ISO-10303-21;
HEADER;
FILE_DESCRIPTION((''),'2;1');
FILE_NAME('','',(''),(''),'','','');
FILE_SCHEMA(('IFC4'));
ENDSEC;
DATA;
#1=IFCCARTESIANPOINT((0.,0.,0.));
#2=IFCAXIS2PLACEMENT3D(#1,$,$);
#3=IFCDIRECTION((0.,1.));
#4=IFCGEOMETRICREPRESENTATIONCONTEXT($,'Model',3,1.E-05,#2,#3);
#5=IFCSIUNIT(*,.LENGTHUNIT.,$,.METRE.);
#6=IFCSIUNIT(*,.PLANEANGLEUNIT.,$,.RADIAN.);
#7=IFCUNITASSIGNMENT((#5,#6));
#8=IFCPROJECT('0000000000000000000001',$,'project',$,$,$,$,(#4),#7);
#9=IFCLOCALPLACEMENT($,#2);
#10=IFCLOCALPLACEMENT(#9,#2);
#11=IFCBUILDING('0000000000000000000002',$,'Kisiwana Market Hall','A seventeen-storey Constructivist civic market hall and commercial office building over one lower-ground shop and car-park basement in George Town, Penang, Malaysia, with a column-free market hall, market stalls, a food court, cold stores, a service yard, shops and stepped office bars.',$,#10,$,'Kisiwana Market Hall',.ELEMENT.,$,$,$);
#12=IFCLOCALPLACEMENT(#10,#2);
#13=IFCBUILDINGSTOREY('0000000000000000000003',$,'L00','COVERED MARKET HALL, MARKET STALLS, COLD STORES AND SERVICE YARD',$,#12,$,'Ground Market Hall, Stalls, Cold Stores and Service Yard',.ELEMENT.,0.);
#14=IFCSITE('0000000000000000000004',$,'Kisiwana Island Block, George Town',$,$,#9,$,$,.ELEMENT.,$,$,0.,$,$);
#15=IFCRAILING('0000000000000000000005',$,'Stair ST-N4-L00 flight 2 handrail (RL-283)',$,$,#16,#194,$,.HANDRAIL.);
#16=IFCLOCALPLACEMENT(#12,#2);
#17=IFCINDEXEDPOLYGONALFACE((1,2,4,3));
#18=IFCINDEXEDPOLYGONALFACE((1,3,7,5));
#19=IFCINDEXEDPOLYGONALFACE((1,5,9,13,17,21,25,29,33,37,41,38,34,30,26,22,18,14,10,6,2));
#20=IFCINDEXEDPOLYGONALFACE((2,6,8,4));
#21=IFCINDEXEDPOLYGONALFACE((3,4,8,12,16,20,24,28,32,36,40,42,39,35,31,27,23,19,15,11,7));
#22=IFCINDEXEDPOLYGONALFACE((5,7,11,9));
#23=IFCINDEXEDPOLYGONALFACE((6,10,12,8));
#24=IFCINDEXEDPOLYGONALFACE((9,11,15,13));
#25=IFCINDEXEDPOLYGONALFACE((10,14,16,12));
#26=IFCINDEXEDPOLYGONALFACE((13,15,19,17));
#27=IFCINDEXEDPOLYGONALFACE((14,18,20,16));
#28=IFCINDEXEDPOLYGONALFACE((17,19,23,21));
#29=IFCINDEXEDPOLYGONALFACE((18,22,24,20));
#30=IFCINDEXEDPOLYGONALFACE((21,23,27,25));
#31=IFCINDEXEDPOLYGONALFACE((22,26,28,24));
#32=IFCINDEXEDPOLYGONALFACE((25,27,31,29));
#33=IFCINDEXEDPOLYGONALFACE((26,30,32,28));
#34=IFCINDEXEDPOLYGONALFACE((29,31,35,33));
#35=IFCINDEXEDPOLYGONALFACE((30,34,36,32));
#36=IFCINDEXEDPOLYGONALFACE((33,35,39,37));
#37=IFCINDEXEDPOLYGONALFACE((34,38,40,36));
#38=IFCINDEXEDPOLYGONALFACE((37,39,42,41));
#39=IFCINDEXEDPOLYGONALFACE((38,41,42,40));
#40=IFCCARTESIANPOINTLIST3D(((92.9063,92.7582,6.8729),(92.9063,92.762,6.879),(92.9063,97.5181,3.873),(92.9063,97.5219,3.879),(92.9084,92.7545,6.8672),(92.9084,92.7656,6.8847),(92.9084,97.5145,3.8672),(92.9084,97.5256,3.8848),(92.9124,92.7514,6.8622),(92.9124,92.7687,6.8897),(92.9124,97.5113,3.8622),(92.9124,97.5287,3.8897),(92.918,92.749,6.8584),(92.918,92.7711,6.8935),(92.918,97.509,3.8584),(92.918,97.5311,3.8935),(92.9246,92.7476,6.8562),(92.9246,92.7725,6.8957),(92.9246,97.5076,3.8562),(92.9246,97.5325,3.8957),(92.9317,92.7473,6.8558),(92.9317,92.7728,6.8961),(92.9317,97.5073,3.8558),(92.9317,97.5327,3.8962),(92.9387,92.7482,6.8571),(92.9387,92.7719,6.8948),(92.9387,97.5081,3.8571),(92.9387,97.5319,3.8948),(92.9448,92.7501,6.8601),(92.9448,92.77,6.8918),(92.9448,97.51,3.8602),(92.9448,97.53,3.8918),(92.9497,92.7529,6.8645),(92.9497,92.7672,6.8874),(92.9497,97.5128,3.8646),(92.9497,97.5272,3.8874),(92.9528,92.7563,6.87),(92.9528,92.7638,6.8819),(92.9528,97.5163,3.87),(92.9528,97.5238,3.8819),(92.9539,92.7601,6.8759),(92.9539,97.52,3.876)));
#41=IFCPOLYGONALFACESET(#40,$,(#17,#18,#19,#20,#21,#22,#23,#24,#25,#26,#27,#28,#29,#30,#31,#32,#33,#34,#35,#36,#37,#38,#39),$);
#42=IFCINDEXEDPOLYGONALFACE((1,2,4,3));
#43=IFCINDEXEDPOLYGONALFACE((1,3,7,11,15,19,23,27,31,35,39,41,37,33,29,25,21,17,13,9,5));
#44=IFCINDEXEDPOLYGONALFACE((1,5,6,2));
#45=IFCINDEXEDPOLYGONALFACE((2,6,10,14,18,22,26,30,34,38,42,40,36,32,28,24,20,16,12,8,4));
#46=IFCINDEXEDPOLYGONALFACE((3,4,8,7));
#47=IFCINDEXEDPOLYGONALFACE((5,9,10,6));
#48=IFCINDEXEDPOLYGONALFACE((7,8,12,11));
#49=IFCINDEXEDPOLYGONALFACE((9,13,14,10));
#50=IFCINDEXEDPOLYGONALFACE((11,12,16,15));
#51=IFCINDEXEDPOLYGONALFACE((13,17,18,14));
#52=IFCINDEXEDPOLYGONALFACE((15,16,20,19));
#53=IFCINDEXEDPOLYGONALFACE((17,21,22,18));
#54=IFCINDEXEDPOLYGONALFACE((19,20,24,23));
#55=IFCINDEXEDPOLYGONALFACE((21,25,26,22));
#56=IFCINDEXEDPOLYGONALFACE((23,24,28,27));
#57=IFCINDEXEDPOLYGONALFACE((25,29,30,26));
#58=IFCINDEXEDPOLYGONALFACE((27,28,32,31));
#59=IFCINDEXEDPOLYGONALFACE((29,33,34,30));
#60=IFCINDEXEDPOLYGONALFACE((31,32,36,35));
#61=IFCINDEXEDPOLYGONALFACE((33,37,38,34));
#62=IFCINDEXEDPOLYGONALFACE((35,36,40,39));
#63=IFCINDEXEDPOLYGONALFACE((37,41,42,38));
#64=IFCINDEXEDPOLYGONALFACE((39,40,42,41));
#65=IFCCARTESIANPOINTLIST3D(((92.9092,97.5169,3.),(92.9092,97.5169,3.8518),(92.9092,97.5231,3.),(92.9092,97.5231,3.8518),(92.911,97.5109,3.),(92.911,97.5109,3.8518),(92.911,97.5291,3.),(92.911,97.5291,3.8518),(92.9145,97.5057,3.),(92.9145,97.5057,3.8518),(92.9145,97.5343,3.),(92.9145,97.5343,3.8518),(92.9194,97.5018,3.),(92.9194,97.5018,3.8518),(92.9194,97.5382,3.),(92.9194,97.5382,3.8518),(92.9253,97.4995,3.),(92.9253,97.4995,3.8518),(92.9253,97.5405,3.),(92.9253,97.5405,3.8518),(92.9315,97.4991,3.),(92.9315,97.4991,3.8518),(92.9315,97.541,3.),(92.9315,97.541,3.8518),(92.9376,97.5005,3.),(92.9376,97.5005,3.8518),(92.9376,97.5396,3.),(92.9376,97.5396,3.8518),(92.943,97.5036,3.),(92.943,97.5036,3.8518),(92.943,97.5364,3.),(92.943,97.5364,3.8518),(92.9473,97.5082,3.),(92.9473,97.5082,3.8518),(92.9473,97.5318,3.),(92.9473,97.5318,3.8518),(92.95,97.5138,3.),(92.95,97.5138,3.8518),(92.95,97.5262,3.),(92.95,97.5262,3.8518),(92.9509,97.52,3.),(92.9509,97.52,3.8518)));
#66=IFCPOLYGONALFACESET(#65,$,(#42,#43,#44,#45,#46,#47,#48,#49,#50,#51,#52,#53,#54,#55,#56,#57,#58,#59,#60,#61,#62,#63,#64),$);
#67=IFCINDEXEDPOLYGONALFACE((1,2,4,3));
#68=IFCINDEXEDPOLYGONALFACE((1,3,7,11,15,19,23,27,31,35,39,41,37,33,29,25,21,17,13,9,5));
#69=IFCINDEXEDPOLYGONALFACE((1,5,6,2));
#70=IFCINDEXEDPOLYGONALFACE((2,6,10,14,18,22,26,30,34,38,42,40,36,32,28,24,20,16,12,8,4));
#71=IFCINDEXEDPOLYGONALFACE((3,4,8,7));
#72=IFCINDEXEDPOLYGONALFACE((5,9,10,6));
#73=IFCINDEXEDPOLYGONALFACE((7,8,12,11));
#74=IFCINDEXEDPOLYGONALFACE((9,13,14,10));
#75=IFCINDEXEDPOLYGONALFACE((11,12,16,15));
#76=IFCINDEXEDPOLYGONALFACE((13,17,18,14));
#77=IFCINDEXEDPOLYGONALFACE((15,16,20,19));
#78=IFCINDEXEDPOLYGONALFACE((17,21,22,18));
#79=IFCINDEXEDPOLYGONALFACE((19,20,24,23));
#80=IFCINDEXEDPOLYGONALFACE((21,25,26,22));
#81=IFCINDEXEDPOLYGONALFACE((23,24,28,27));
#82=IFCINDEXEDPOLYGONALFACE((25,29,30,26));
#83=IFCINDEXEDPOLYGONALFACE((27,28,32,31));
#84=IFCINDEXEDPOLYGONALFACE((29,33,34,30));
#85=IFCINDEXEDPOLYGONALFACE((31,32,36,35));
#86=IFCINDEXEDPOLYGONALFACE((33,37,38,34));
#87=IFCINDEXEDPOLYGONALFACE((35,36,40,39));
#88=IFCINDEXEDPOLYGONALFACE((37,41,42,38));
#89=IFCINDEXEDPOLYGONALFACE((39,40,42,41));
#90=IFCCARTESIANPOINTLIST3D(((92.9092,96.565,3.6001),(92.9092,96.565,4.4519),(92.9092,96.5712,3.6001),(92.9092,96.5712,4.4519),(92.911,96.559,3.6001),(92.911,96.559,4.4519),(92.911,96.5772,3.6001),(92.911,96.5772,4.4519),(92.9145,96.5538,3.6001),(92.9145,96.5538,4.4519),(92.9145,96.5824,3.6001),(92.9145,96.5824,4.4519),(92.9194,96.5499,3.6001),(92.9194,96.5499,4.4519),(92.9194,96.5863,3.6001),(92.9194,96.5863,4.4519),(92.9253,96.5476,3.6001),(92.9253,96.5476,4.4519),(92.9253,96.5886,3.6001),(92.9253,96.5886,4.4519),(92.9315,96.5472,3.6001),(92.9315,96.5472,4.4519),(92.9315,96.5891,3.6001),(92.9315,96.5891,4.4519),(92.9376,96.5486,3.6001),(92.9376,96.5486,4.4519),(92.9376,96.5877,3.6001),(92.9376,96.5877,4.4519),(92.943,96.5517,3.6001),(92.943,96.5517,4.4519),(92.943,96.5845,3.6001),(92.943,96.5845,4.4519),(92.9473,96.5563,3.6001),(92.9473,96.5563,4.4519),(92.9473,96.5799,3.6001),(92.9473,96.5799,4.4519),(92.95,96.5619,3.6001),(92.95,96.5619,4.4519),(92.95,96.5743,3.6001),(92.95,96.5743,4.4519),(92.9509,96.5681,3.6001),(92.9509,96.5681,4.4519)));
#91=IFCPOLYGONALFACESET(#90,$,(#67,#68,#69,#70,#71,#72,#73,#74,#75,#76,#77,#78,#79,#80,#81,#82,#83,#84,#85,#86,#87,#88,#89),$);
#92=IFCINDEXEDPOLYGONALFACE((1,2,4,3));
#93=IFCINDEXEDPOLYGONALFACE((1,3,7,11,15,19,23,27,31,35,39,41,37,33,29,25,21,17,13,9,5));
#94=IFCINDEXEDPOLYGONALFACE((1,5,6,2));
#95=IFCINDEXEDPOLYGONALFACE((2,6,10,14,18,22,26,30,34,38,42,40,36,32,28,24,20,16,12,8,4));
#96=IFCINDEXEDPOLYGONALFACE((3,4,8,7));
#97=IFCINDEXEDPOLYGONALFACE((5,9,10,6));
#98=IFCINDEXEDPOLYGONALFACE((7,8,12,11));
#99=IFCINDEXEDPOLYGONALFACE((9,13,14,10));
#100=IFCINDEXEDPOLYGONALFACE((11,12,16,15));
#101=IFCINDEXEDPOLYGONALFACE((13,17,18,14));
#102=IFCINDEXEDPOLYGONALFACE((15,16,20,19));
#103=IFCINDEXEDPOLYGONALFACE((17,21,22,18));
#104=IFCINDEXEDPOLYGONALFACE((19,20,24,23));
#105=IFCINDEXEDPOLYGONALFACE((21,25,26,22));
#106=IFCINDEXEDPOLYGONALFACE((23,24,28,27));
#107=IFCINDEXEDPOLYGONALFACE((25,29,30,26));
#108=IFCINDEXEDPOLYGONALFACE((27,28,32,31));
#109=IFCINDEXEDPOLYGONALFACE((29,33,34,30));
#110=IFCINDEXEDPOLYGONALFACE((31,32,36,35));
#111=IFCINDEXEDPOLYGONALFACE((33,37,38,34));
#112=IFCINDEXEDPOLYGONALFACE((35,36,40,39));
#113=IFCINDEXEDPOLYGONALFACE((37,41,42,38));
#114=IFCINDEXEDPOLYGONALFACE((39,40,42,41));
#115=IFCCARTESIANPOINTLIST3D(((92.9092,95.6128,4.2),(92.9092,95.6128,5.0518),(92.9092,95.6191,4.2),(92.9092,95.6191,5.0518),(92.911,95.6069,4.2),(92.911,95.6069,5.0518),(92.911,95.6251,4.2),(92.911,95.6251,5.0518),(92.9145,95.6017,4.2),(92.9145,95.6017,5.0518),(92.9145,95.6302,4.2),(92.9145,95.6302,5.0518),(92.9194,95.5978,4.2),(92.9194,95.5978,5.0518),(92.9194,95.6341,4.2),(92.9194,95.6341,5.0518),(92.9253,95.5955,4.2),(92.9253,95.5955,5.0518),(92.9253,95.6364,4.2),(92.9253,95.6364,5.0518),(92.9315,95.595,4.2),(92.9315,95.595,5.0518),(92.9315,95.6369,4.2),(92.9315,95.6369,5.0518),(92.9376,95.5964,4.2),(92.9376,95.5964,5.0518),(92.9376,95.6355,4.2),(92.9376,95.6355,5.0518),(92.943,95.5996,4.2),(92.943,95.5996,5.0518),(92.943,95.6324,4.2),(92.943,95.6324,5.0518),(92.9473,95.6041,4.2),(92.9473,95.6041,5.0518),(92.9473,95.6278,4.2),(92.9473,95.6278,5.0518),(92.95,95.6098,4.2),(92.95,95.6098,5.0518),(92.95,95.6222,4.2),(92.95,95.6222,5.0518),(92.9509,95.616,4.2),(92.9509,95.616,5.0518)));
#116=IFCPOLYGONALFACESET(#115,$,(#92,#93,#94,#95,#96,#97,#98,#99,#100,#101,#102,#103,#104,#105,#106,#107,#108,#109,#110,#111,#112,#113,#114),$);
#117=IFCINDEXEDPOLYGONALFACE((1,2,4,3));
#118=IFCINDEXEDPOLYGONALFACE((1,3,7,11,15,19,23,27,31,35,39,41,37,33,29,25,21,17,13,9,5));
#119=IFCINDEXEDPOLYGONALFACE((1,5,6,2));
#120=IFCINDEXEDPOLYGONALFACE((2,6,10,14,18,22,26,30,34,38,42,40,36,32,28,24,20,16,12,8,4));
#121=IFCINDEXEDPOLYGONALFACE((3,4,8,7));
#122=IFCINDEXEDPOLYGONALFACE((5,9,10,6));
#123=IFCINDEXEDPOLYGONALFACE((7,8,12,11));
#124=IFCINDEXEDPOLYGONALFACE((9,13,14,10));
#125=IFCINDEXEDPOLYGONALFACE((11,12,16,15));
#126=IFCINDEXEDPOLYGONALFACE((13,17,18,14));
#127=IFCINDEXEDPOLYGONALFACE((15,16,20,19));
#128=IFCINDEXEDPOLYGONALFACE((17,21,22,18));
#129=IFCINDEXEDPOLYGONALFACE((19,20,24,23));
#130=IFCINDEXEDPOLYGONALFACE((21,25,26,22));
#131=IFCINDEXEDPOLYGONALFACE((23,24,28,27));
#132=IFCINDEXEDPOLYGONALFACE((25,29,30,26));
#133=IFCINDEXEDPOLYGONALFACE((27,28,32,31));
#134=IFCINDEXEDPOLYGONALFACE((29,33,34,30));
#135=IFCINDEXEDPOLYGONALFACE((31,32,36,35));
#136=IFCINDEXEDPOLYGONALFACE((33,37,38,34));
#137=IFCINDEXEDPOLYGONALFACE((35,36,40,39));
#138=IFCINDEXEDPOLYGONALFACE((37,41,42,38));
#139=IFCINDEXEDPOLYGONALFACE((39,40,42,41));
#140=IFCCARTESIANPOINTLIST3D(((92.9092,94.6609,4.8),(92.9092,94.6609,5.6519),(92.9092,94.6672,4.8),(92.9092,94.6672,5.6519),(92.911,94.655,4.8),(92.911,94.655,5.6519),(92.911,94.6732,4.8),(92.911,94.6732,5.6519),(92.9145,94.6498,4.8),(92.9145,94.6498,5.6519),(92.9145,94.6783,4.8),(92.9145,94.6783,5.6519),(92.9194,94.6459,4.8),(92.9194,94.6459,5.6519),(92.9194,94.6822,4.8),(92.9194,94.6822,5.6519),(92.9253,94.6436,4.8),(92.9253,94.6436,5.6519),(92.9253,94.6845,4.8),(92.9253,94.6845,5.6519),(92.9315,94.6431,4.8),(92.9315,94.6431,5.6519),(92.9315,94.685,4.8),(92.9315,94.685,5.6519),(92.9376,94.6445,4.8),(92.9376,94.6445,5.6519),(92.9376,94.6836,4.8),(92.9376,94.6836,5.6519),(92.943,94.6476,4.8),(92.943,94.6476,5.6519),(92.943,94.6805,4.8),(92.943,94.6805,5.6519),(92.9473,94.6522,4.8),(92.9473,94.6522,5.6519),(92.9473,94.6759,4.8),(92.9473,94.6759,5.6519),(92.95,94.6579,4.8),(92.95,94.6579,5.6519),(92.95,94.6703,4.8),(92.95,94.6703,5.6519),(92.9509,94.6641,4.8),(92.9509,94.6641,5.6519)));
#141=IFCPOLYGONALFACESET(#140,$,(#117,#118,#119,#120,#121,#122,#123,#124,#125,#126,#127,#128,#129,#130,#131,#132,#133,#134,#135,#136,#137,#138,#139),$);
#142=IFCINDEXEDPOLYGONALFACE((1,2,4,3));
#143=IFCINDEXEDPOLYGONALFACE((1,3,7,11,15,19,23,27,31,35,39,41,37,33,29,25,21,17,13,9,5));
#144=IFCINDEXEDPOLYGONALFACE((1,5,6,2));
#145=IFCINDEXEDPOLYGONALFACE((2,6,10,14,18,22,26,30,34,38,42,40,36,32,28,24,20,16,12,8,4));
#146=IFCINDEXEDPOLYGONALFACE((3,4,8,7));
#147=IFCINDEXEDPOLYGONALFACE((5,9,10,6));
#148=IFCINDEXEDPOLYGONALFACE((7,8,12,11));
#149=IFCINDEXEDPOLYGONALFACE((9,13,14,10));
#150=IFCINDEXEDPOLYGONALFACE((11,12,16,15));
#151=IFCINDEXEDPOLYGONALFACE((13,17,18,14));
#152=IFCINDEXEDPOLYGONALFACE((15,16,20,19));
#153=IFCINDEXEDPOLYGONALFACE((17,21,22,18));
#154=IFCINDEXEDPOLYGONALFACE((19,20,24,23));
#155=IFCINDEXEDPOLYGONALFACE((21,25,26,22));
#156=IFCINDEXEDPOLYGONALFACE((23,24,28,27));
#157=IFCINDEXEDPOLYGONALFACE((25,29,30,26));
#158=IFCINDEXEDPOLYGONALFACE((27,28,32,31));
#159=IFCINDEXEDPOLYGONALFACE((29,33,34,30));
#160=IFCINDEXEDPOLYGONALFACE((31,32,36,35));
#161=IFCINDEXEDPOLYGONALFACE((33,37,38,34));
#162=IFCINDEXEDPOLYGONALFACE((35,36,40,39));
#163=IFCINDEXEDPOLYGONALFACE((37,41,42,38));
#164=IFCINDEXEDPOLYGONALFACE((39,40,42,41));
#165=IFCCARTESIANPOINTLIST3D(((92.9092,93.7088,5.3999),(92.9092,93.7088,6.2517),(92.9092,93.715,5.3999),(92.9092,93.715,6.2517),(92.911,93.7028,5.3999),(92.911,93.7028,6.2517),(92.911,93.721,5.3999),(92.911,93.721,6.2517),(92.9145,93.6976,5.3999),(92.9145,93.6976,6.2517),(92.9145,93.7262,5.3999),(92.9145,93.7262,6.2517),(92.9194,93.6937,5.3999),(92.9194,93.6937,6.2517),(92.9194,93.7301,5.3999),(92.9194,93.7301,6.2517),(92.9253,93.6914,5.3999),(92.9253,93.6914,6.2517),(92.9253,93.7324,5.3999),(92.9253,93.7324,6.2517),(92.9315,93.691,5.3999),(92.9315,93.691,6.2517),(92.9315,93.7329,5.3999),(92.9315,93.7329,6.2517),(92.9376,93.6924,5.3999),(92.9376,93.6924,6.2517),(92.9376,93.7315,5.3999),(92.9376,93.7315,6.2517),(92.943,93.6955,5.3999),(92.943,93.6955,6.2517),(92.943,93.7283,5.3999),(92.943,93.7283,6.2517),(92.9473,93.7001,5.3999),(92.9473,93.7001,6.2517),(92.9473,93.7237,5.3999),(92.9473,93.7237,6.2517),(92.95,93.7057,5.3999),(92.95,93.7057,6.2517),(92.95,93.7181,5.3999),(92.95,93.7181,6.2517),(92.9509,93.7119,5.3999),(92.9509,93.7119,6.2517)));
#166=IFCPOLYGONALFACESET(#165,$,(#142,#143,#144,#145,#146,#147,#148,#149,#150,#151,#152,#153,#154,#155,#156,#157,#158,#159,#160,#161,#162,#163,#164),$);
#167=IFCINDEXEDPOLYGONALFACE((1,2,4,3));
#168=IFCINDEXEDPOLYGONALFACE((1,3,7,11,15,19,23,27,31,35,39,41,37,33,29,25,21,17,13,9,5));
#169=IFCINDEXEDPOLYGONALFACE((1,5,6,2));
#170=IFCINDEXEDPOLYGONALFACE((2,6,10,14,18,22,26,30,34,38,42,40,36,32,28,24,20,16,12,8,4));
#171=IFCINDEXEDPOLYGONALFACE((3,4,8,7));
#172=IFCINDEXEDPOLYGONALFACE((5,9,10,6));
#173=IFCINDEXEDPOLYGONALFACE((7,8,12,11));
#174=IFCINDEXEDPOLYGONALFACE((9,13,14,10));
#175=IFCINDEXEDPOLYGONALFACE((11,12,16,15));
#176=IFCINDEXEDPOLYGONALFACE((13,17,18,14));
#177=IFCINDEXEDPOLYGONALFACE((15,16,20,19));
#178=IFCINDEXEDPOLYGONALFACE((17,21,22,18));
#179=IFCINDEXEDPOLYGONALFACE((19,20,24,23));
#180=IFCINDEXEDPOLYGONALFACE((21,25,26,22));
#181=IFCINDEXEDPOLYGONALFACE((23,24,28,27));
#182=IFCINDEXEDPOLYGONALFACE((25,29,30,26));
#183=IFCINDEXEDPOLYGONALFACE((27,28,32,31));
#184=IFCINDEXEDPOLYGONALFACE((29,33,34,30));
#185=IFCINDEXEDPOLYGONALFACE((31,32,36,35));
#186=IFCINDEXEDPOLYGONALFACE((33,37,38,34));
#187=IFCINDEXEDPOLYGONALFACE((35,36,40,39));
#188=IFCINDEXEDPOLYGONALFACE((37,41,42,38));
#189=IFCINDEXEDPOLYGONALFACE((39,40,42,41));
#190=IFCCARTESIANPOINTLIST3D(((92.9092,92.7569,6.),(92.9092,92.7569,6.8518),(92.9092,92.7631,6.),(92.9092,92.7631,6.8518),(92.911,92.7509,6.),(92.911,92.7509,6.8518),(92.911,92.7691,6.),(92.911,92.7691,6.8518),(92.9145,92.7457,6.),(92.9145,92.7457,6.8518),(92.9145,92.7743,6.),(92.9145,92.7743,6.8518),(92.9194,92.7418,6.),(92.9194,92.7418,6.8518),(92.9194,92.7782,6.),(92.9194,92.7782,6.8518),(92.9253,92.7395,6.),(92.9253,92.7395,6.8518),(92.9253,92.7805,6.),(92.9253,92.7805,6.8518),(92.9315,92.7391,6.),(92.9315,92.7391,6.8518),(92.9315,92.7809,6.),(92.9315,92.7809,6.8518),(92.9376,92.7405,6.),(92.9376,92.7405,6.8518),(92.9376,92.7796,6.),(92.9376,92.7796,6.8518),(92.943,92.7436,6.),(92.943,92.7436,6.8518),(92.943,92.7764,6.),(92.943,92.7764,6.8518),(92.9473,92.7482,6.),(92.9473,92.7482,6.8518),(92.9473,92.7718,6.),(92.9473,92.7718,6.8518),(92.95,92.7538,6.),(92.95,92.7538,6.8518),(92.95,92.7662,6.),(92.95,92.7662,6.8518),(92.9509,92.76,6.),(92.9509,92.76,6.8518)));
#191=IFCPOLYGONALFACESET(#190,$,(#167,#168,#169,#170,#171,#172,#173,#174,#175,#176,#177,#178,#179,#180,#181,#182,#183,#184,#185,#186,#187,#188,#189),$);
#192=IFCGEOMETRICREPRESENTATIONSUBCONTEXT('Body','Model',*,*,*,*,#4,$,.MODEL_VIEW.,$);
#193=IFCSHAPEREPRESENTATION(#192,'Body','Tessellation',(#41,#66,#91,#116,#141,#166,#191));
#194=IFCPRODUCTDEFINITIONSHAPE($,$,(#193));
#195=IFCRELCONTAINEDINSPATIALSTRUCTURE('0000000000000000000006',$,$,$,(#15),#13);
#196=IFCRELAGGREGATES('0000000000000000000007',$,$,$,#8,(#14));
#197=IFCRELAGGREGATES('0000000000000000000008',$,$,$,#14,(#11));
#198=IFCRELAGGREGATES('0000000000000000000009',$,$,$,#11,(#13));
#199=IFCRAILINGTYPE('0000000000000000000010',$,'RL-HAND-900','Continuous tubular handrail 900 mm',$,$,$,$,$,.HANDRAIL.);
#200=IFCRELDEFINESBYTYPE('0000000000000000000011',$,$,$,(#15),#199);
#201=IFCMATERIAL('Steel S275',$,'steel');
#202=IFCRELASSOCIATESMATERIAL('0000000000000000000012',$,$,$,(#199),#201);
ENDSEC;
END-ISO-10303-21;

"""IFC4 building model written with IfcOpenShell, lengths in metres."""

from ifc_helpers import new_model, si_unit, direction, frame, origin, origin_2d, place, context, subcontext, project, spatial, circle, extrude, material, type_object, element, save


model = new_model("IFC4")

# Units and contexts
model_context = context("Model", 3, precision=1e-05, world=origin(), true_north=direction((0.0, 1.0)))
body_context = subcontext(model_context, "Body", "Model", "MODEL_VIEW")
ifc_project = project(units=[si_unit("LENGTHUNIT", "METRE"), si_unit("PLANEANGLEUNIT", "RADIAN")], contexts=[model_context])

# Site, building, storey
site_placement = place(None, origin())
site = spatial("IfcSite", under=ifc_project, at=site_placement, Name="Kisiwana Island Block, George Town", CompositionType="ELEMENT", RefElevation=0.0)
building_placement = place(site_placement, origin())
building = spatial("IfcBuilding", under=site, at=building_placement, Name="Kisiwana Market Hall", Description="A seventeen-storey Constructivist civic market hall and commercial office building over one lower-ground shop and car-park basement in George Town, Penang, Malaysia, with a column-free market hall, market stalls, a food court, cold stores, a service yard, shops and stepped office bars.", LongName="Kisiwana Market Hall", CompositionType="ELEMENT")
storey_placement = place(building_placement, origin())
storey = spatial("IfcBuildingStorey", under=building, at=storey_placement, Name="L00", Description="COVERED MARKET HALL, MARKET STALLS, COLD STORES AND SERVICE YARD", LongName="Ground Market Hall, Stalls, Cold Stores and Service Yard", CompositionType="ELEMENT", Elevation=0.0)

# Railing
ifc_material_1 = material(Name="Steel S275", Category="steel")
railing_type = type_object("IfcRailingType", Name="RL-HAND-900", Description="Continuous tubular handrail 900 mm", PredefinedType="HANDRAIL", material=ifc_material_1)
for number, where, name in (
    (1, (92.9299, 97.52, 3.0), "Stair ST-N4-L00 flight 2 handrail (RL-283)"),
):
    element("IfcRailing", number, at=place(storey_placement, frame(where)), inside=storey, type_object=railing_type, Name=name, PredefinedType="HANDRAIL", context=body_context, shape_type="SweptSolid", body=[
        extrude(circle(Radius=0.0239, at=origin_2d()), frame((0.0, 0.0, 0.876), z_axis=(0.0, -0.845996, 0.53319), x_axis=(1.0, 0.0, 0.0)), (0.0, 0.0, 1.0), 5.6265),
        extrude(circle(Radius=0.021, at=origin_2d()), origin(), (0.0, 0.0, 1.0), 0.8518),
        extrude(circle(Radius=0.021, at=origin_2d()), frame((0.0, -0.9519, 0.6001)), (0.0, 0.0, 1.0), 0.8518),
        extrude(circle(Radius=0.021, at=origin_2d()), frame((0.0, -1.9041, 1.2)), (0.0, 0.0, 1.0), 0.8518),
        extrude(circle(Radius=0.021, at=origin_2d()), frame((0.0, -2.856, 1.8)), (0.0, 0.0, 1.0), 0.8518),
        extrude(circle(Radius=0.021, at=origin_2d()), frame((0.0, -3.8081, 2.3999)), (0.0, 0.0, 1.0), 0.8518),
        extrude(circle(Radius=0.021, at=origin_2d()), frame((0.0, -4.76, 3.0)), (0.0, 0.0, 1.0), 0.8518),
    ])

save(model, "model.ifc")
